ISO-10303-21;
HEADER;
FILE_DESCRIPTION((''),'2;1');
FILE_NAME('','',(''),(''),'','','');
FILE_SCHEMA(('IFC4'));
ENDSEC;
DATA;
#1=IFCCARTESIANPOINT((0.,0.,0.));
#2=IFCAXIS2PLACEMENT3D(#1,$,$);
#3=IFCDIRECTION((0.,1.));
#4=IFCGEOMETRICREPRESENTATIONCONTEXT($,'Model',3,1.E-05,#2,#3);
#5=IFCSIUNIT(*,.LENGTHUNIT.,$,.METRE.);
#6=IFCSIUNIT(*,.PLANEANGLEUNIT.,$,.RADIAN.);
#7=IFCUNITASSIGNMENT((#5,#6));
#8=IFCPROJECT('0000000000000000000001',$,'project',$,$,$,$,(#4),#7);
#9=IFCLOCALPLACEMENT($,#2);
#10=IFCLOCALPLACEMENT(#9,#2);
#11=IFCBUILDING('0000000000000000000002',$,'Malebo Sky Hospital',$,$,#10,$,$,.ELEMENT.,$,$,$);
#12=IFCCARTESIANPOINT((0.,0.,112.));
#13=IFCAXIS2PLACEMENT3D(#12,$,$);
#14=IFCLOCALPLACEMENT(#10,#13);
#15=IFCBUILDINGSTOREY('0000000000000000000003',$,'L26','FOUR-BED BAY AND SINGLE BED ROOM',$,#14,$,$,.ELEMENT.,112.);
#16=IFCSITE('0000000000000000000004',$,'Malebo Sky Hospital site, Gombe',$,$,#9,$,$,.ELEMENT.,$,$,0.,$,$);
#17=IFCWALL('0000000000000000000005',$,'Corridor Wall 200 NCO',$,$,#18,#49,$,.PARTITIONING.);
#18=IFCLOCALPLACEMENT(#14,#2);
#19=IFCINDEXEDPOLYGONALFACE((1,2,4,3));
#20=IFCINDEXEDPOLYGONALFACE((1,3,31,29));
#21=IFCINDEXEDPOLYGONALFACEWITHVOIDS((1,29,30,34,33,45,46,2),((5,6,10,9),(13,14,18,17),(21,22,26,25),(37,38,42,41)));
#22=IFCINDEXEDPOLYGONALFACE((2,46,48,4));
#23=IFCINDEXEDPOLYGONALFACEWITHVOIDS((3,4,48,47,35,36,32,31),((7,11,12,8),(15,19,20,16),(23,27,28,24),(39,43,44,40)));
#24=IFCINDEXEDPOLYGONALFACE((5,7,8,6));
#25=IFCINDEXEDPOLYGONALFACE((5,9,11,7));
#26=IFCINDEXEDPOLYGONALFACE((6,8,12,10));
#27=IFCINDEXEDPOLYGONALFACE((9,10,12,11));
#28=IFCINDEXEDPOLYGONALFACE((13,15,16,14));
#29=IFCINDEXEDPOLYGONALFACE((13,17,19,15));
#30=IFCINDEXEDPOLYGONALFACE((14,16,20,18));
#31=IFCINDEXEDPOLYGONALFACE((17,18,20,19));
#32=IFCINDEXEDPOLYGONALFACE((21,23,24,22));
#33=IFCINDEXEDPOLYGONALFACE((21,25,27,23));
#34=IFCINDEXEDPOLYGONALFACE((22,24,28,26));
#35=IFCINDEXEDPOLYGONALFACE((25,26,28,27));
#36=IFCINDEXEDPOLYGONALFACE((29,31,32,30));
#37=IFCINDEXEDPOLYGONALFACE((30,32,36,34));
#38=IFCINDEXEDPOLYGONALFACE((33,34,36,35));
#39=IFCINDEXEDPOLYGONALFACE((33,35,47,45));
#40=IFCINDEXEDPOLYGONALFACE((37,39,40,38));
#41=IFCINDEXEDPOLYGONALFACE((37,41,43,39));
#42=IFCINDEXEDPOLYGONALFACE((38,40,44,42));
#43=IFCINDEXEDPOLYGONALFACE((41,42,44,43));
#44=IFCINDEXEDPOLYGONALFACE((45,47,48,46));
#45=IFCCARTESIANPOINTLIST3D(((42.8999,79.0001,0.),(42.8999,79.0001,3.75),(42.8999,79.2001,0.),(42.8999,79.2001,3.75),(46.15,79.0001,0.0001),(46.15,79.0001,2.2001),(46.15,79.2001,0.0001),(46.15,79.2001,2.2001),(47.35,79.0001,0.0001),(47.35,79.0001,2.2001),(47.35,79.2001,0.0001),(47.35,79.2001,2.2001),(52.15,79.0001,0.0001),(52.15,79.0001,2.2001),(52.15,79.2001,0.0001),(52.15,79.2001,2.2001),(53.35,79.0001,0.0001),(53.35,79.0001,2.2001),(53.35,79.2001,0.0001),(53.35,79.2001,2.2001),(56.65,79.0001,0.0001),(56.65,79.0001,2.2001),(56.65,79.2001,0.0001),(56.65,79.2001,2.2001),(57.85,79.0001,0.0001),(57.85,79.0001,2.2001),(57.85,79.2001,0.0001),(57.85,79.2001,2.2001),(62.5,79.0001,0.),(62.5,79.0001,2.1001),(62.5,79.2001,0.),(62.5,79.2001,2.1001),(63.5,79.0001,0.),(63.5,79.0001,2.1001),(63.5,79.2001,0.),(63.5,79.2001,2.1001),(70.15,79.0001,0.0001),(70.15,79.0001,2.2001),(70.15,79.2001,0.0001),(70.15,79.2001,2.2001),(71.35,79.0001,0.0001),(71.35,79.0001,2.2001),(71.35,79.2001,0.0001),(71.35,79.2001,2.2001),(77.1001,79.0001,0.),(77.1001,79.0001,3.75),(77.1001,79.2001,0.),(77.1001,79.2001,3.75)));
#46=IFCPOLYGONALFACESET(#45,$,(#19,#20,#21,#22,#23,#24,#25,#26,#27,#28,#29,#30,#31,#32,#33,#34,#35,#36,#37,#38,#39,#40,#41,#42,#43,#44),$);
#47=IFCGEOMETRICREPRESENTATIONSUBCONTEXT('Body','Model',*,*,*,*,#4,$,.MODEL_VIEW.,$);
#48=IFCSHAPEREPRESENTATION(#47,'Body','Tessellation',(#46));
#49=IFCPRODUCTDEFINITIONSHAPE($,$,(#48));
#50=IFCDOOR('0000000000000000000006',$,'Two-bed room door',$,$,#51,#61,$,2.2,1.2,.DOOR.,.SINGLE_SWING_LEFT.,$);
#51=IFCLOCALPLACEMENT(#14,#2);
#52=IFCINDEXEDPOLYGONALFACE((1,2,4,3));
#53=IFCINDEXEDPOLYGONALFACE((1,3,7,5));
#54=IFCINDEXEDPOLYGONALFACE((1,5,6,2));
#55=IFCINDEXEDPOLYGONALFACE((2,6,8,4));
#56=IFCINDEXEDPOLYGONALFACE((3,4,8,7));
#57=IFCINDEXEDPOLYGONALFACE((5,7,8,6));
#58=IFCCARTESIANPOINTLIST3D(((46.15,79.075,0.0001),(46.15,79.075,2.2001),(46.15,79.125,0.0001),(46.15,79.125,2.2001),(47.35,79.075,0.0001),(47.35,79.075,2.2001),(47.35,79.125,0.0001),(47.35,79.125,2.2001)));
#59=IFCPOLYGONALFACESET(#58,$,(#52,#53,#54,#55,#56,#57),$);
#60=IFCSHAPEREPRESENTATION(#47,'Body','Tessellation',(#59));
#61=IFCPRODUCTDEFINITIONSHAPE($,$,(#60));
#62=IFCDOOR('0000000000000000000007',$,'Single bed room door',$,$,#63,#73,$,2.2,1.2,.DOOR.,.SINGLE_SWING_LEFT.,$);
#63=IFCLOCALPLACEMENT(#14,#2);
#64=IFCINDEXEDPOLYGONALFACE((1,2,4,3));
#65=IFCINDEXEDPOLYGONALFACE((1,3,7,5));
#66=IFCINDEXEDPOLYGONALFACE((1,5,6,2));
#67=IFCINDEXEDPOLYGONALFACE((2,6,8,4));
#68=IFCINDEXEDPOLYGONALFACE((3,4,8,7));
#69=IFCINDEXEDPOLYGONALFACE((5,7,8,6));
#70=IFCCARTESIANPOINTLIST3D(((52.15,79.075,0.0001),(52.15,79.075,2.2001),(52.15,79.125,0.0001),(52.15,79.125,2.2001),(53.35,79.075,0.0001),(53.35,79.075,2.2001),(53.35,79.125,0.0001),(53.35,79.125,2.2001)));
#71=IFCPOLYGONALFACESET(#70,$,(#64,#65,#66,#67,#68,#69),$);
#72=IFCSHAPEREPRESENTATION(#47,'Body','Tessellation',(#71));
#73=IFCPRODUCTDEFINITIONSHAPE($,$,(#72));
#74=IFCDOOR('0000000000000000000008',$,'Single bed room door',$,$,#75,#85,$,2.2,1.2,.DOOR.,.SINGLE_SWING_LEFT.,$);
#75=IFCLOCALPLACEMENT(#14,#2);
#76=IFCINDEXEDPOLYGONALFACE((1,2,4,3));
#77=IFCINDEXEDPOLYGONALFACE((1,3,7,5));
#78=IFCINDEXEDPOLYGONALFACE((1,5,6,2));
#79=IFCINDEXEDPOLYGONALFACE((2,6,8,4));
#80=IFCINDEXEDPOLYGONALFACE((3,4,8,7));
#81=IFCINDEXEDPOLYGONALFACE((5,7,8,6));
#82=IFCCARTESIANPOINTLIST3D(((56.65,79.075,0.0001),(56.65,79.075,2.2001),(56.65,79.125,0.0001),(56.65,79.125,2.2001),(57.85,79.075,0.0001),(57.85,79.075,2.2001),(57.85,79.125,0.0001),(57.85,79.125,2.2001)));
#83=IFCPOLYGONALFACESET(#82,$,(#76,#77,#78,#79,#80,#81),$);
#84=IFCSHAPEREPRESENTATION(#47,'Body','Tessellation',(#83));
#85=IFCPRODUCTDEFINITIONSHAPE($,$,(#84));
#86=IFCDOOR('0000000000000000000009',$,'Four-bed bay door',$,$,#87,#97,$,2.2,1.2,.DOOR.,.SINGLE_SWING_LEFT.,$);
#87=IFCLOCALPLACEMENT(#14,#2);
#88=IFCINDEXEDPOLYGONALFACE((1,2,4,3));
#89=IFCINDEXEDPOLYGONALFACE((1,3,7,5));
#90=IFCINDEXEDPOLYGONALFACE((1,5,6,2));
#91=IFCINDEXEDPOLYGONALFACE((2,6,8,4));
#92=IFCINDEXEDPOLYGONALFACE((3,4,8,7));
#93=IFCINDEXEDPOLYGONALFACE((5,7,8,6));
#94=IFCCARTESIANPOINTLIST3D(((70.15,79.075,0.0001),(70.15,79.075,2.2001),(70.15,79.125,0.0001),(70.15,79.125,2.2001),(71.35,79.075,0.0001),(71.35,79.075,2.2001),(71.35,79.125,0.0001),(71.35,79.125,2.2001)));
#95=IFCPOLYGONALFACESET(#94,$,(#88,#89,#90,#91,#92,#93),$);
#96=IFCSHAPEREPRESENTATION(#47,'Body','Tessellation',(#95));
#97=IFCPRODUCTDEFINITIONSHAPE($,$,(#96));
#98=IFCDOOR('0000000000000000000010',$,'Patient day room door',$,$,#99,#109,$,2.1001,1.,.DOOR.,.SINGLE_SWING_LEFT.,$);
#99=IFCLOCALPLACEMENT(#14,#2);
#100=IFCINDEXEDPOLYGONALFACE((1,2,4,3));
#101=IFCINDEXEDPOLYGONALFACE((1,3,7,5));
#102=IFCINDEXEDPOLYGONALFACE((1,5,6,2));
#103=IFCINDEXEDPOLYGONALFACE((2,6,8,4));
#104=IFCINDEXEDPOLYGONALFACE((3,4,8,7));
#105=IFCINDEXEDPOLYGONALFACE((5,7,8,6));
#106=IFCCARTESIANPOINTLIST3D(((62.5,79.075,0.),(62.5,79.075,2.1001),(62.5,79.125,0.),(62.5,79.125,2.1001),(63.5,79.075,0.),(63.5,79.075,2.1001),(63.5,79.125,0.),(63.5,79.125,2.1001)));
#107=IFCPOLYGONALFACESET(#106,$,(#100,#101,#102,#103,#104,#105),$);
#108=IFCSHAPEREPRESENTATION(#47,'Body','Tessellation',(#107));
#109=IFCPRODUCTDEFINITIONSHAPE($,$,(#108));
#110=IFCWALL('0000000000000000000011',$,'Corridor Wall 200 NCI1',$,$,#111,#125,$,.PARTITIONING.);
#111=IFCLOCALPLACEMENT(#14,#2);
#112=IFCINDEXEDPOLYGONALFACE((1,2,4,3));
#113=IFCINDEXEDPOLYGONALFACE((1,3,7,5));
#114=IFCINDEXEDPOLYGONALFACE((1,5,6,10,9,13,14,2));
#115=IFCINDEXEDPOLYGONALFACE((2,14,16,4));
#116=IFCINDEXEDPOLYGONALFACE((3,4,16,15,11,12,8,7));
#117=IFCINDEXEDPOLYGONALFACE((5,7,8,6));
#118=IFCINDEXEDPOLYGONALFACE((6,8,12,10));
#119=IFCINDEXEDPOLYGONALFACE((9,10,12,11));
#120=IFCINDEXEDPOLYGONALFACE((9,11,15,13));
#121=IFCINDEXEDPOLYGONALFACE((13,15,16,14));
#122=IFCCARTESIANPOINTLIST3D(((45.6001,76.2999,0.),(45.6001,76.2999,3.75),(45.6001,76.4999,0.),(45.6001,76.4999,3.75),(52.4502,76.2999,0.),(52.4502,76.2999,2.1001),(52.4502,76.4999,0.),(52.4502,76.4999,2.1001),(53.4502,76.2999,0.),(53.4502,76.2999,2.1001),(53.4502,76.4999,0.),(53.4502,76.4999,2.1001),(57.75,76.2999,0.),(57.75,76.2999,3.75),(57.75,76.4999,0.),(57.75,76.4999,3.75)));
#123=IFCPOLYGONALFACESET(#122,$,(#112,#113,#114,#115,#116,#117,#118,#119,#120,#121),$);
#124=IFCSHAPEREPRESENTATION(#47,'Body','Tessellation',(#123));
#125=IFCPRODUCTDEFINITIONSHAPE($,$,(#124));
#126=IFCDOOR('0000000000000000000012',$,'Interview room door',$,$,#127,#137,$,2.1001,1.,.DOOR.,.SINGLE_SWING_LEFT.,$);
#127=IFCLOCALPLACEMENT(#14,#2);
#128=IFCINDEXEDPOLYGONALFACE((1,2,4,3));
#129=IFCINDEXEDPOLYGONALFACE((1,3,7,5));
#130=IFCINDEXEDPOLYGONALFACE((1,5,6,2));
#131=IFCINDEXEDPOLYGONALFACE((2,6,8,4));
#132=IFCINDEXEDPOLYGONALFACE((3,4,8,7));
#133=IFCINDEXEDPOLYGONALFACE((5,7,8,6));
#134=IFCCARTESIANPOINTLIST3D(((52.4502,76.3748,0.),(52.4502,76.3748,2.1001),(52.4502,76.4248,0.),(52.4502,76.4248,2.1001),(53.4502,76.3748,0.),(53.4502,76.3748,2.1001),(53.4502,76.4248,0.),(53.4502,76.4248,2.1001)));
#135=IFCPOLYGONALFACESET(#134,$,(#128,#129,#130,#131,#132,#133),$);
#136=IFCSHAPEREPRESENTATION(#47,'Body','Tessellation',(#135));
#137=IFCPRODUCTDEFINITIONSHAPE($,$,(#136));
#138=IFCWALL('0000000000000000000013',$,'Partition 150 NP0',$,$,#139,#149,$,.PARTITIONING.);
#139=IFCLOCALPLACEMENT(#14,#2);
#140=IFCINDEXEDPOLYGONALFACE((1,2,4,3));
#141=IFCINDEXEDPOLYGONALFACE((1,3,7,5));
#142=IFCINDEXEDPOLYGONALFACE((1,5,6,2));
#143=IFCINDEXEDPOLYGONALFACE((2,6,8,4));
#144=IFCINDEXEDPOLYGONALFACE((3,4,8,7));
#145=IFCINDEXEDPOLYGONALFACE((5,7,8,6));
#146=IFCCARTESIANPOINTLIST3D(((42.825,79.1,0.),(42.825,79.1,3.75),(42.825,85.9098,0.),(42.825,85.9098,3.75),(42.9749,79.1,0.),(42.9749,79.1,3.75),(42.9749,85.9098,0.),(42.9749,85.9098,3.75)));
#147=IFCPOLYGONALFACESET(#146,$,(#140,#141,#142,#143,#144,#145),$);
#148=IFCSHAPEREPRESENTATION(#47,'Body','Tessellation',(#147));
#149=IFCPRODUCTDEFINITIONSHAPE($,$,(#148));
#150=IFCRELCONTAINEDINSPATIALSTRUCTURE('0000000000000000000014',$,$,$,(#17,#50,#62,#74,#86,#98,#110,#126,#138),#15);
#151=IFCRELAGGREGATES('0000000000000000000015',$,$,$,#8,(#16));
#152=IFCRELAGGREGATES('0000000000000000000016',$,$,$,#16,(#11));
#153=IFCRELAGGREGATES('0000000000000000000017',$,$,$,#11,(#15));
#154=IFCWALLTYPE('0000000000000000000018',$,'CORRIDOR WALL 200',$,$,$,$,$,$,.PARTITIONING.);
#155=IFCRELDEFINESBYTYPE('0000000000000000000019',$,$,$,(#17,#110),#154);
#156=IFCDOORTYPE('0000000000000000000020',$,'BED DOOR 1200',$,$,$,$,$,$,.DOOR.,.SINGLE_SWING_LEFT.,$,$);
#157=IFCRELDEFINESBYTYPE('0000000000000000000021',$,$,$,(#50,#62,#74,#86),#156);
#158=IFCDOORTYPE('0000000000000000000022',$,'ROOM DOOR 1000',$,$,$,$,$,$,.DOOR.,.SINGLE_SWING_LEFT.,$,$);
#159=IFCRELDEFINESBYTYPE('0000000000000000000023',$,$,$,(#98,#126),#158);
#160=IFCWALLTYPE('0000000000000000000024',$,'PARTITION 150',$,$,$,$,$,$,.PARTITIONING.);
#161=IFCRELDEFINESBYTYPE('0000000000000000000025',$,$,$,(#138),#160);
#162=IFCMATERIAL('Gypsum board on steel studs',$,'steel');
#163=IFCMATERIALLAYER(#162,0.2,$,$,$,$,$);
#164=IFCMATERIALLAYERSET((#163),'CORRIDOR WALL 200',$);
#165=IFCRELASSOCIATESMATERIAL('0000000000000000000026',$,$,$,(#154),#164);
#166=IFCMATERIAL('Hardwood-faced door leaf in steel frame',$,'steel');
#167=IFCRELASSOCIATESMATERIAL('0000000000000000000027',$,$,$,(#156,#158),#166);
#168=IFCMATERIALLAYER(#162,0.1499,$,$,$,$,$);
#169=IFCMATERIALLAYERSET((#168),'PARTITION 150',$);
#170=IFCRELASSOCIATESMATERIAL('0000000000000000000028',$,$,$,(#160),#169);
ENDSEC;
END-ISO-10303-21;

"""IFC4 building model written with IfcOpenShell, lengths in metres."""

from ifc_helpers import new_model, si_unit, direction, frame, frame_2d, origin, place, context, subcontext, project, spatial, rectangle, extrude, material, layer, layer_set, type_object, element, fill, save


model = new_model("IFC4")

# Units and contexts
model_context = context("Model", 3, precision=1e-05, world=origin(), true_north=direction((0.0, 1.0)))
body_context = subcontext(model_context, "Body", "Model", "MODEL_VIEW")
ifc_project = project(units=[si_unit("LENGTHUNIT", "METRE"), si_unit("PLANEANGLEUNIT", "RADIAN")], contexts=[model_context])

# Site, building, storey
site_placement = place(None, origin())
site = spatial("IfcSite", under=ifc_project, at=site_placement, Name="Malebo Sky Hospital site, Gombe", CompositionType="ELEMENT", RefElevation=0.0)
building_placement = place(site_placement, origin())
building = spatial("IfcBuilding", under=site, at=building_placement, Name="Malebo Sky Hospital", CompositionType="ELEMENT")
storey_placement = place(building_placement, frame((0.0, 0.0, 112.0)))
storey = spatial("IfcBuildingStorey", under=building, at=storey_placement, Name="L26", Description="FOUR-BED BAY AND SINGLE BED ROOM", CompositionType="ELEMENT", Elevation=112.0)

# Wall, openings, doors
ifc_material_1 = material(Name="Gypsum board on steel studs", Category="steel")
ifc_layer_1 = layer(ifc_material_1, 0.2)
ifc_layer_set_1 = layer_set([ifc_layer_1], Name="CORRIDOR WALL 200")
wall_type_1 = type_object("IfcWallType", Name="CORRIDOR WALL 200", PredefinedType="PARTITIONING", material=ifc_layer_set_1)
wall_1_placement = place(storey_placement, frame((42.8999, 79.1001, 0.0), z_axis=(0.0, 0.0, 1.0), x_axis=(1.0, 0.0, 0.0)))
wall_1 = element("IfcWall", 1, at=wall_1_placement, inside=storey, type_object=wall_type_1, Name="Corridor Wall 200 NCO", PredefinedType="PARTITIONING", context=body_context, shape_type="SweptSolid", body=[
    extrude(rectangle(XDim=34.2002, YDim=0.2, at=frame_2d((17.1001, 0.0))), origin(), (0.0, 0.0, 1.0), 3.75),
])
opening_1_placement = place(wall_1_placement, frame((3.25, 0.0, 0.0)))
opening_1 = element("IfcOpeningElement", 2, at=opening_1_placement, cuts=wall_1, PredefinedType="OPENING", context=body_context, shape_type="SweptSolid", body=[
    extrude(rectangle(XDim=1.2, YDim=2.2, at=frame_2d((0.6001, 1.1001))), frame((0.0, 0.1099, 0.0), z_axis=(0.0, -1.0, 0.0), x_axis=(1.0, 0.0, 0.0)), (0.0, 0.0, 1.0), 0.22),
])
opening_2_placement = place(wall_1_placement, frame((9.25, 0.0, 0.0)))
opening_2 = element("IfcOpeningElement", 3, at=opening_2_placement, cuts=wall_1, PredefinedType="OPENING", context=body_context, shape_type="SweptSolid", body=[
    extrude(rectangle(XDim=1.2, YDim=2.2, at=frame_2d((0.6001, 1.1001))), frame((0.0, 0.1099, 0.0), z_axis=(0.0, -1.0, 0.0), x_axis=(1.0, 0.0, 0.0)), (0.0, 0.0, 1.0), 0.22),
])
opening_3_placement = place(wall_1_placement, frame((13.75, 0.0, 0.0)))
opening_3 = element("IfcOpeningElement", 4, at=opening_3_placement, cuts=wall_1, PredefinedType="OPENING", context=body_context, shape_type="SweptSolid", body=[
    extrude(rectangle(XDim=1.2, YDim=2.2, at=frame_2d((0.6001, 1.1001))), frame((0.0, 0.1099, 0.0), z_axis=(0.0, -1.0, 0.0), x_axis=(1.0, 0.0, 0.0)), (0.0, 0.0, 1.0), 0.22),
])
opening_4_placement = place(wall_1_placement, frame((19.6001, 0.0, 0.0)))
opening_4 = element("IfcOpeningElement", 5, at=opening_4_placement, cuts=wall_1, PredefinedType="OPENING", context=body_context, shape_type="SweptSolid", body=[
    extrude(rectangle(XDim=1.0, YDim=2.1001, at=frame_2d((0.5, 1.05))), frame((0.0, 0.1099, 0.0), z_axis=(0.0, -1.0, 0.0), x_axis=(1.0, 0.0, 0.0)), (0.0, 0.0, 1.0), 0.22),
])
opening_5_placement = place(wall_1_placement, frame((27.25, 0.0, 0.0)))
opening_5 = element("IfcOpeningElement", 6, at=opening_5_placement, cuts=wall_1, PredefinedType="OPENING", context=body_context, shape_type="SweptSolid", body=[
    extrude(rectangle(XDim=1.2, YDim=2.2, at=frame_2d((0.6001, 1.1001))), frame((0.0, 0.1099, 0.0), z_axis=(0.0, -1.0, 0.0), x_axis=(1.0, 0.0, 0.0)), (0.0, 0.0, 1.0), 0.22),
])
ifc_material_2 = material(Name="Hardwood-faced door leaf in steel frame", Category="steel")
door_type_1 = type_object("IfcDoorType", Name="BED DOOR 1200", OperationType="SINGLE_SWING_LEFT", PredefinedType="DOOR", material=ifc_material_2)
door_1_placement = place(opening_1_placement, origin())
door_1 = element("IfcDoor", 7, at=door_1_placement, inside=storey, type_object=door_type_1, Name="Two-bed room door", OperationType="SINGLE_SWING_LEFT", OverallHeight=2.2, OverallWidth=1.2, PredefinedType="DOOR", context=body_context, shape_type="SweptSolid", body=[
    extrude(rectangle(XDim=1.2, YDim=2.2, at=frame_2d((0.6001, 1.1001))), frame((0.0, 0.0249, 0.0), z_axis=(0.0, -1.0, 0.0), x_axis=(1.0, 0.0, 0.0)), (0.0, 0.0, 1.0), 0.05),
])
fill(opening_1, door_1)
door_2_placement = place(opening_2_placement, origin())
door_2 = element("IfcDoor", 8, at=door_2_placement, inside=storey, type_object=door_type_1, Name="Single bed room door", OperationType="SINGLE_SWING_LEFT", OverallHeight=2.2, OverallWidth=1.2, PredefinedType="DOOR", context=body_context, shape_type="SweptSolid", body=[
    extrude(rectangle(XDim=1.2, YDim=2.2, at=frame_2d((0.6001, 1.1001))), frame((0.0, 0.0249, 0.0), z_axis=(0.0, -1.0, 0.0), x_axis=(1.0, 0.0, 0.0)), (0.0, 0.0, 1.0), 0.05),
])
fill(opening_2, door_2)
door_3_placement = place(opening_3_placement, origin())
door_3 = element("IfcDoor", 9, at=door_3_placement, inside=storey, type_object=door_type_1, Name="Single bed room door", OperationType="SINGLE_SWING_LEFT", OverallHeight=2.2, OverallWidth=1.2, PredefinedType="DOOR", context=body_context, shape_type="SweptSolid", body=[
    extrude(rectangle(XDim=1.2, YDim=2.2, at=frame_2d((0.6001, 1.1001))), frame((0.0, 0.0249, 0.0), z_axis=(0.0, -1.0, 0.0), x_axis=(1.0, 0.0, 0.0)), (0.0, 0.0, 1.0), 0.05),
])
fill(opening_3, door_3)
door_4_placement = place(opening_5_placement, origin())
door_4 = element("IfcDoor", 10, at=door_4_placement, inside=storey, type_object=door_type_1, Name="Four-bed bay door", OperationType="SINGLE_SWING_LEFT", OverallHeight=2.2, OverallWidth=1.2, PredefinedType="DOOR", context=body_context, shape_type="SweptSolid", body=[
    extrude(rectangle(XDim=1.2, YDim=2.2, at=frame_2d((0.6001, 1.1001))), frame((0.0, 0.0249, 0.0), z_axis=(0.0, -1.0, 0.0), x_axis=(1.0, 0.0, 0.0)), (0.0, 0.0, 1.0), 0.05),
])
fill(opening_5, door_4)
door_type_2 = type_object("IfcDoorType", Name="ROOM DOOR 1000", OperationType="SINGLE_SWING_LEFT", PredefinedType="DOOR", material=ifc_material_2)
door_5_placement = place(opening_4_placement, origin())
door_5 = element("IfcDoor", 11, at=door_5_placement, inside=storey, type_object=door_type_2, Name="Patient day room door", OperationType="SINGLE_SWING_LEFT", OverallHeight=2.1001, OverallWidth=1.0, PredefinedType="DOOR", context=body_context, shape_type="SweptSolid", body=[
    extrude(rectangle(XDim=1.0, YDim=2.1001, at=frame_2d((0.5, 1.05))), frame((0.0, 0.0249, 0.0), z_axis=(0.0, -1.0, 0.0), x_axis=(1.0, 0.0, 0.0)), (0.0, 0.0, 1.0), 0.05),
])
fill(opening_4, door_5)

# Wall, opening, door
wall_2_placement = place(storey_placement, frame((45.6001, 76.3999, 0.0), z_axis=(0.0, 0.0, 1.0), x_axis=(1.0, 0.0, 0.0)))
wall_2 = element("IfcWall", 12, at=wall_2_placement, inside=storey, type_object=wall_type_1, Name="Corridor Wall 200 NCI1", PredefinedType="PARTITIONING", context=body_context, shape_type="SweptSolid", body=[
    extrude(rectangle(XDim=12.1499, YDim=0.2, at=frame_2d((6.075, 0.0))), origin(), (0.0, 0.0, 1.0), 3.75),
])
opening_6_placement = place(wall_2_placement, frame((6.8501, 0.0, 0.0)))
opening_6 = element("IfcOpeningElement", 13, at=opening_6_placement, cuts=wall_2, PredefinedType="OPENING", context=body_context, shape_type="SweptSolid", body=[
    extrude(rectangle(XDim=1.0, YDim=2.1001, at=frame_2d((0.5, 1.05))), frame((0.0, 0.1099, 0.0), z_axis=(0.0, -1.0, 0.0), x_axis=(1.0, 0.0, 0.0)), (0.0, 0.0, 1.0), 0.22),
])
door_6_placement = place(opening_6_placement, origin())
door_6 = element("IfcDoor", 14, at=door_6_placement, inside=storey, type_object=door_type_2, Name="Interview room door", OperationType="SINGLE_SWING_LEFT", OverallHeight=2.1001, OverallWidth=1.0, PredefinedType="DOOR", context=body_context, shape_type="SweptSolid", body=[
    extrude(rectangle(XDim=1.0, YDim=2.1001, at=frame_2d((0.5, 1.05))), frame((0.0, 0.0249, 0.0), z_axis=(0.0, -1.0, 0.0), x_axis=(1.0, 0.0, 0.0)), (0.0, 0.0, 1.0), 0.05),
])
fill(opening_6, door_6)

# Wall
ifc_layer_2 = layer(ifc_material_1, 0.1499)
ifc_layer_set_2 = layer_set([ifc_layer_2], Name="PARTITION 150")
wall_type_2 = type_object("IfcWallType", Name="PARTITION 150", PredefinedType="PARTITIONING", material=ifc_layer_set_2)
wall_3_placement = place(storey_placement, frame((42.8999, 79.1001, 0.0), z_axis=(0.0, 0.0, 1.0), x_axis=(0.0, 1.0, 0.0)))
element("IfcWall", 15, at=wall_3_placement, inside=storey, type_object=wall_type_2, Name="Partition 150 NP0", PredefinedType="PARTITIONING", context=body_context, shape_type="SweptSolid", body=[
    extrude(rectangle(XDim=6.8098, YDim=0.1499, at=frame_2d((3.4048, 0.0))), origin(), (0.0, 0.0, 1.0), 3.75),
])

save(model, "model.ifc")
